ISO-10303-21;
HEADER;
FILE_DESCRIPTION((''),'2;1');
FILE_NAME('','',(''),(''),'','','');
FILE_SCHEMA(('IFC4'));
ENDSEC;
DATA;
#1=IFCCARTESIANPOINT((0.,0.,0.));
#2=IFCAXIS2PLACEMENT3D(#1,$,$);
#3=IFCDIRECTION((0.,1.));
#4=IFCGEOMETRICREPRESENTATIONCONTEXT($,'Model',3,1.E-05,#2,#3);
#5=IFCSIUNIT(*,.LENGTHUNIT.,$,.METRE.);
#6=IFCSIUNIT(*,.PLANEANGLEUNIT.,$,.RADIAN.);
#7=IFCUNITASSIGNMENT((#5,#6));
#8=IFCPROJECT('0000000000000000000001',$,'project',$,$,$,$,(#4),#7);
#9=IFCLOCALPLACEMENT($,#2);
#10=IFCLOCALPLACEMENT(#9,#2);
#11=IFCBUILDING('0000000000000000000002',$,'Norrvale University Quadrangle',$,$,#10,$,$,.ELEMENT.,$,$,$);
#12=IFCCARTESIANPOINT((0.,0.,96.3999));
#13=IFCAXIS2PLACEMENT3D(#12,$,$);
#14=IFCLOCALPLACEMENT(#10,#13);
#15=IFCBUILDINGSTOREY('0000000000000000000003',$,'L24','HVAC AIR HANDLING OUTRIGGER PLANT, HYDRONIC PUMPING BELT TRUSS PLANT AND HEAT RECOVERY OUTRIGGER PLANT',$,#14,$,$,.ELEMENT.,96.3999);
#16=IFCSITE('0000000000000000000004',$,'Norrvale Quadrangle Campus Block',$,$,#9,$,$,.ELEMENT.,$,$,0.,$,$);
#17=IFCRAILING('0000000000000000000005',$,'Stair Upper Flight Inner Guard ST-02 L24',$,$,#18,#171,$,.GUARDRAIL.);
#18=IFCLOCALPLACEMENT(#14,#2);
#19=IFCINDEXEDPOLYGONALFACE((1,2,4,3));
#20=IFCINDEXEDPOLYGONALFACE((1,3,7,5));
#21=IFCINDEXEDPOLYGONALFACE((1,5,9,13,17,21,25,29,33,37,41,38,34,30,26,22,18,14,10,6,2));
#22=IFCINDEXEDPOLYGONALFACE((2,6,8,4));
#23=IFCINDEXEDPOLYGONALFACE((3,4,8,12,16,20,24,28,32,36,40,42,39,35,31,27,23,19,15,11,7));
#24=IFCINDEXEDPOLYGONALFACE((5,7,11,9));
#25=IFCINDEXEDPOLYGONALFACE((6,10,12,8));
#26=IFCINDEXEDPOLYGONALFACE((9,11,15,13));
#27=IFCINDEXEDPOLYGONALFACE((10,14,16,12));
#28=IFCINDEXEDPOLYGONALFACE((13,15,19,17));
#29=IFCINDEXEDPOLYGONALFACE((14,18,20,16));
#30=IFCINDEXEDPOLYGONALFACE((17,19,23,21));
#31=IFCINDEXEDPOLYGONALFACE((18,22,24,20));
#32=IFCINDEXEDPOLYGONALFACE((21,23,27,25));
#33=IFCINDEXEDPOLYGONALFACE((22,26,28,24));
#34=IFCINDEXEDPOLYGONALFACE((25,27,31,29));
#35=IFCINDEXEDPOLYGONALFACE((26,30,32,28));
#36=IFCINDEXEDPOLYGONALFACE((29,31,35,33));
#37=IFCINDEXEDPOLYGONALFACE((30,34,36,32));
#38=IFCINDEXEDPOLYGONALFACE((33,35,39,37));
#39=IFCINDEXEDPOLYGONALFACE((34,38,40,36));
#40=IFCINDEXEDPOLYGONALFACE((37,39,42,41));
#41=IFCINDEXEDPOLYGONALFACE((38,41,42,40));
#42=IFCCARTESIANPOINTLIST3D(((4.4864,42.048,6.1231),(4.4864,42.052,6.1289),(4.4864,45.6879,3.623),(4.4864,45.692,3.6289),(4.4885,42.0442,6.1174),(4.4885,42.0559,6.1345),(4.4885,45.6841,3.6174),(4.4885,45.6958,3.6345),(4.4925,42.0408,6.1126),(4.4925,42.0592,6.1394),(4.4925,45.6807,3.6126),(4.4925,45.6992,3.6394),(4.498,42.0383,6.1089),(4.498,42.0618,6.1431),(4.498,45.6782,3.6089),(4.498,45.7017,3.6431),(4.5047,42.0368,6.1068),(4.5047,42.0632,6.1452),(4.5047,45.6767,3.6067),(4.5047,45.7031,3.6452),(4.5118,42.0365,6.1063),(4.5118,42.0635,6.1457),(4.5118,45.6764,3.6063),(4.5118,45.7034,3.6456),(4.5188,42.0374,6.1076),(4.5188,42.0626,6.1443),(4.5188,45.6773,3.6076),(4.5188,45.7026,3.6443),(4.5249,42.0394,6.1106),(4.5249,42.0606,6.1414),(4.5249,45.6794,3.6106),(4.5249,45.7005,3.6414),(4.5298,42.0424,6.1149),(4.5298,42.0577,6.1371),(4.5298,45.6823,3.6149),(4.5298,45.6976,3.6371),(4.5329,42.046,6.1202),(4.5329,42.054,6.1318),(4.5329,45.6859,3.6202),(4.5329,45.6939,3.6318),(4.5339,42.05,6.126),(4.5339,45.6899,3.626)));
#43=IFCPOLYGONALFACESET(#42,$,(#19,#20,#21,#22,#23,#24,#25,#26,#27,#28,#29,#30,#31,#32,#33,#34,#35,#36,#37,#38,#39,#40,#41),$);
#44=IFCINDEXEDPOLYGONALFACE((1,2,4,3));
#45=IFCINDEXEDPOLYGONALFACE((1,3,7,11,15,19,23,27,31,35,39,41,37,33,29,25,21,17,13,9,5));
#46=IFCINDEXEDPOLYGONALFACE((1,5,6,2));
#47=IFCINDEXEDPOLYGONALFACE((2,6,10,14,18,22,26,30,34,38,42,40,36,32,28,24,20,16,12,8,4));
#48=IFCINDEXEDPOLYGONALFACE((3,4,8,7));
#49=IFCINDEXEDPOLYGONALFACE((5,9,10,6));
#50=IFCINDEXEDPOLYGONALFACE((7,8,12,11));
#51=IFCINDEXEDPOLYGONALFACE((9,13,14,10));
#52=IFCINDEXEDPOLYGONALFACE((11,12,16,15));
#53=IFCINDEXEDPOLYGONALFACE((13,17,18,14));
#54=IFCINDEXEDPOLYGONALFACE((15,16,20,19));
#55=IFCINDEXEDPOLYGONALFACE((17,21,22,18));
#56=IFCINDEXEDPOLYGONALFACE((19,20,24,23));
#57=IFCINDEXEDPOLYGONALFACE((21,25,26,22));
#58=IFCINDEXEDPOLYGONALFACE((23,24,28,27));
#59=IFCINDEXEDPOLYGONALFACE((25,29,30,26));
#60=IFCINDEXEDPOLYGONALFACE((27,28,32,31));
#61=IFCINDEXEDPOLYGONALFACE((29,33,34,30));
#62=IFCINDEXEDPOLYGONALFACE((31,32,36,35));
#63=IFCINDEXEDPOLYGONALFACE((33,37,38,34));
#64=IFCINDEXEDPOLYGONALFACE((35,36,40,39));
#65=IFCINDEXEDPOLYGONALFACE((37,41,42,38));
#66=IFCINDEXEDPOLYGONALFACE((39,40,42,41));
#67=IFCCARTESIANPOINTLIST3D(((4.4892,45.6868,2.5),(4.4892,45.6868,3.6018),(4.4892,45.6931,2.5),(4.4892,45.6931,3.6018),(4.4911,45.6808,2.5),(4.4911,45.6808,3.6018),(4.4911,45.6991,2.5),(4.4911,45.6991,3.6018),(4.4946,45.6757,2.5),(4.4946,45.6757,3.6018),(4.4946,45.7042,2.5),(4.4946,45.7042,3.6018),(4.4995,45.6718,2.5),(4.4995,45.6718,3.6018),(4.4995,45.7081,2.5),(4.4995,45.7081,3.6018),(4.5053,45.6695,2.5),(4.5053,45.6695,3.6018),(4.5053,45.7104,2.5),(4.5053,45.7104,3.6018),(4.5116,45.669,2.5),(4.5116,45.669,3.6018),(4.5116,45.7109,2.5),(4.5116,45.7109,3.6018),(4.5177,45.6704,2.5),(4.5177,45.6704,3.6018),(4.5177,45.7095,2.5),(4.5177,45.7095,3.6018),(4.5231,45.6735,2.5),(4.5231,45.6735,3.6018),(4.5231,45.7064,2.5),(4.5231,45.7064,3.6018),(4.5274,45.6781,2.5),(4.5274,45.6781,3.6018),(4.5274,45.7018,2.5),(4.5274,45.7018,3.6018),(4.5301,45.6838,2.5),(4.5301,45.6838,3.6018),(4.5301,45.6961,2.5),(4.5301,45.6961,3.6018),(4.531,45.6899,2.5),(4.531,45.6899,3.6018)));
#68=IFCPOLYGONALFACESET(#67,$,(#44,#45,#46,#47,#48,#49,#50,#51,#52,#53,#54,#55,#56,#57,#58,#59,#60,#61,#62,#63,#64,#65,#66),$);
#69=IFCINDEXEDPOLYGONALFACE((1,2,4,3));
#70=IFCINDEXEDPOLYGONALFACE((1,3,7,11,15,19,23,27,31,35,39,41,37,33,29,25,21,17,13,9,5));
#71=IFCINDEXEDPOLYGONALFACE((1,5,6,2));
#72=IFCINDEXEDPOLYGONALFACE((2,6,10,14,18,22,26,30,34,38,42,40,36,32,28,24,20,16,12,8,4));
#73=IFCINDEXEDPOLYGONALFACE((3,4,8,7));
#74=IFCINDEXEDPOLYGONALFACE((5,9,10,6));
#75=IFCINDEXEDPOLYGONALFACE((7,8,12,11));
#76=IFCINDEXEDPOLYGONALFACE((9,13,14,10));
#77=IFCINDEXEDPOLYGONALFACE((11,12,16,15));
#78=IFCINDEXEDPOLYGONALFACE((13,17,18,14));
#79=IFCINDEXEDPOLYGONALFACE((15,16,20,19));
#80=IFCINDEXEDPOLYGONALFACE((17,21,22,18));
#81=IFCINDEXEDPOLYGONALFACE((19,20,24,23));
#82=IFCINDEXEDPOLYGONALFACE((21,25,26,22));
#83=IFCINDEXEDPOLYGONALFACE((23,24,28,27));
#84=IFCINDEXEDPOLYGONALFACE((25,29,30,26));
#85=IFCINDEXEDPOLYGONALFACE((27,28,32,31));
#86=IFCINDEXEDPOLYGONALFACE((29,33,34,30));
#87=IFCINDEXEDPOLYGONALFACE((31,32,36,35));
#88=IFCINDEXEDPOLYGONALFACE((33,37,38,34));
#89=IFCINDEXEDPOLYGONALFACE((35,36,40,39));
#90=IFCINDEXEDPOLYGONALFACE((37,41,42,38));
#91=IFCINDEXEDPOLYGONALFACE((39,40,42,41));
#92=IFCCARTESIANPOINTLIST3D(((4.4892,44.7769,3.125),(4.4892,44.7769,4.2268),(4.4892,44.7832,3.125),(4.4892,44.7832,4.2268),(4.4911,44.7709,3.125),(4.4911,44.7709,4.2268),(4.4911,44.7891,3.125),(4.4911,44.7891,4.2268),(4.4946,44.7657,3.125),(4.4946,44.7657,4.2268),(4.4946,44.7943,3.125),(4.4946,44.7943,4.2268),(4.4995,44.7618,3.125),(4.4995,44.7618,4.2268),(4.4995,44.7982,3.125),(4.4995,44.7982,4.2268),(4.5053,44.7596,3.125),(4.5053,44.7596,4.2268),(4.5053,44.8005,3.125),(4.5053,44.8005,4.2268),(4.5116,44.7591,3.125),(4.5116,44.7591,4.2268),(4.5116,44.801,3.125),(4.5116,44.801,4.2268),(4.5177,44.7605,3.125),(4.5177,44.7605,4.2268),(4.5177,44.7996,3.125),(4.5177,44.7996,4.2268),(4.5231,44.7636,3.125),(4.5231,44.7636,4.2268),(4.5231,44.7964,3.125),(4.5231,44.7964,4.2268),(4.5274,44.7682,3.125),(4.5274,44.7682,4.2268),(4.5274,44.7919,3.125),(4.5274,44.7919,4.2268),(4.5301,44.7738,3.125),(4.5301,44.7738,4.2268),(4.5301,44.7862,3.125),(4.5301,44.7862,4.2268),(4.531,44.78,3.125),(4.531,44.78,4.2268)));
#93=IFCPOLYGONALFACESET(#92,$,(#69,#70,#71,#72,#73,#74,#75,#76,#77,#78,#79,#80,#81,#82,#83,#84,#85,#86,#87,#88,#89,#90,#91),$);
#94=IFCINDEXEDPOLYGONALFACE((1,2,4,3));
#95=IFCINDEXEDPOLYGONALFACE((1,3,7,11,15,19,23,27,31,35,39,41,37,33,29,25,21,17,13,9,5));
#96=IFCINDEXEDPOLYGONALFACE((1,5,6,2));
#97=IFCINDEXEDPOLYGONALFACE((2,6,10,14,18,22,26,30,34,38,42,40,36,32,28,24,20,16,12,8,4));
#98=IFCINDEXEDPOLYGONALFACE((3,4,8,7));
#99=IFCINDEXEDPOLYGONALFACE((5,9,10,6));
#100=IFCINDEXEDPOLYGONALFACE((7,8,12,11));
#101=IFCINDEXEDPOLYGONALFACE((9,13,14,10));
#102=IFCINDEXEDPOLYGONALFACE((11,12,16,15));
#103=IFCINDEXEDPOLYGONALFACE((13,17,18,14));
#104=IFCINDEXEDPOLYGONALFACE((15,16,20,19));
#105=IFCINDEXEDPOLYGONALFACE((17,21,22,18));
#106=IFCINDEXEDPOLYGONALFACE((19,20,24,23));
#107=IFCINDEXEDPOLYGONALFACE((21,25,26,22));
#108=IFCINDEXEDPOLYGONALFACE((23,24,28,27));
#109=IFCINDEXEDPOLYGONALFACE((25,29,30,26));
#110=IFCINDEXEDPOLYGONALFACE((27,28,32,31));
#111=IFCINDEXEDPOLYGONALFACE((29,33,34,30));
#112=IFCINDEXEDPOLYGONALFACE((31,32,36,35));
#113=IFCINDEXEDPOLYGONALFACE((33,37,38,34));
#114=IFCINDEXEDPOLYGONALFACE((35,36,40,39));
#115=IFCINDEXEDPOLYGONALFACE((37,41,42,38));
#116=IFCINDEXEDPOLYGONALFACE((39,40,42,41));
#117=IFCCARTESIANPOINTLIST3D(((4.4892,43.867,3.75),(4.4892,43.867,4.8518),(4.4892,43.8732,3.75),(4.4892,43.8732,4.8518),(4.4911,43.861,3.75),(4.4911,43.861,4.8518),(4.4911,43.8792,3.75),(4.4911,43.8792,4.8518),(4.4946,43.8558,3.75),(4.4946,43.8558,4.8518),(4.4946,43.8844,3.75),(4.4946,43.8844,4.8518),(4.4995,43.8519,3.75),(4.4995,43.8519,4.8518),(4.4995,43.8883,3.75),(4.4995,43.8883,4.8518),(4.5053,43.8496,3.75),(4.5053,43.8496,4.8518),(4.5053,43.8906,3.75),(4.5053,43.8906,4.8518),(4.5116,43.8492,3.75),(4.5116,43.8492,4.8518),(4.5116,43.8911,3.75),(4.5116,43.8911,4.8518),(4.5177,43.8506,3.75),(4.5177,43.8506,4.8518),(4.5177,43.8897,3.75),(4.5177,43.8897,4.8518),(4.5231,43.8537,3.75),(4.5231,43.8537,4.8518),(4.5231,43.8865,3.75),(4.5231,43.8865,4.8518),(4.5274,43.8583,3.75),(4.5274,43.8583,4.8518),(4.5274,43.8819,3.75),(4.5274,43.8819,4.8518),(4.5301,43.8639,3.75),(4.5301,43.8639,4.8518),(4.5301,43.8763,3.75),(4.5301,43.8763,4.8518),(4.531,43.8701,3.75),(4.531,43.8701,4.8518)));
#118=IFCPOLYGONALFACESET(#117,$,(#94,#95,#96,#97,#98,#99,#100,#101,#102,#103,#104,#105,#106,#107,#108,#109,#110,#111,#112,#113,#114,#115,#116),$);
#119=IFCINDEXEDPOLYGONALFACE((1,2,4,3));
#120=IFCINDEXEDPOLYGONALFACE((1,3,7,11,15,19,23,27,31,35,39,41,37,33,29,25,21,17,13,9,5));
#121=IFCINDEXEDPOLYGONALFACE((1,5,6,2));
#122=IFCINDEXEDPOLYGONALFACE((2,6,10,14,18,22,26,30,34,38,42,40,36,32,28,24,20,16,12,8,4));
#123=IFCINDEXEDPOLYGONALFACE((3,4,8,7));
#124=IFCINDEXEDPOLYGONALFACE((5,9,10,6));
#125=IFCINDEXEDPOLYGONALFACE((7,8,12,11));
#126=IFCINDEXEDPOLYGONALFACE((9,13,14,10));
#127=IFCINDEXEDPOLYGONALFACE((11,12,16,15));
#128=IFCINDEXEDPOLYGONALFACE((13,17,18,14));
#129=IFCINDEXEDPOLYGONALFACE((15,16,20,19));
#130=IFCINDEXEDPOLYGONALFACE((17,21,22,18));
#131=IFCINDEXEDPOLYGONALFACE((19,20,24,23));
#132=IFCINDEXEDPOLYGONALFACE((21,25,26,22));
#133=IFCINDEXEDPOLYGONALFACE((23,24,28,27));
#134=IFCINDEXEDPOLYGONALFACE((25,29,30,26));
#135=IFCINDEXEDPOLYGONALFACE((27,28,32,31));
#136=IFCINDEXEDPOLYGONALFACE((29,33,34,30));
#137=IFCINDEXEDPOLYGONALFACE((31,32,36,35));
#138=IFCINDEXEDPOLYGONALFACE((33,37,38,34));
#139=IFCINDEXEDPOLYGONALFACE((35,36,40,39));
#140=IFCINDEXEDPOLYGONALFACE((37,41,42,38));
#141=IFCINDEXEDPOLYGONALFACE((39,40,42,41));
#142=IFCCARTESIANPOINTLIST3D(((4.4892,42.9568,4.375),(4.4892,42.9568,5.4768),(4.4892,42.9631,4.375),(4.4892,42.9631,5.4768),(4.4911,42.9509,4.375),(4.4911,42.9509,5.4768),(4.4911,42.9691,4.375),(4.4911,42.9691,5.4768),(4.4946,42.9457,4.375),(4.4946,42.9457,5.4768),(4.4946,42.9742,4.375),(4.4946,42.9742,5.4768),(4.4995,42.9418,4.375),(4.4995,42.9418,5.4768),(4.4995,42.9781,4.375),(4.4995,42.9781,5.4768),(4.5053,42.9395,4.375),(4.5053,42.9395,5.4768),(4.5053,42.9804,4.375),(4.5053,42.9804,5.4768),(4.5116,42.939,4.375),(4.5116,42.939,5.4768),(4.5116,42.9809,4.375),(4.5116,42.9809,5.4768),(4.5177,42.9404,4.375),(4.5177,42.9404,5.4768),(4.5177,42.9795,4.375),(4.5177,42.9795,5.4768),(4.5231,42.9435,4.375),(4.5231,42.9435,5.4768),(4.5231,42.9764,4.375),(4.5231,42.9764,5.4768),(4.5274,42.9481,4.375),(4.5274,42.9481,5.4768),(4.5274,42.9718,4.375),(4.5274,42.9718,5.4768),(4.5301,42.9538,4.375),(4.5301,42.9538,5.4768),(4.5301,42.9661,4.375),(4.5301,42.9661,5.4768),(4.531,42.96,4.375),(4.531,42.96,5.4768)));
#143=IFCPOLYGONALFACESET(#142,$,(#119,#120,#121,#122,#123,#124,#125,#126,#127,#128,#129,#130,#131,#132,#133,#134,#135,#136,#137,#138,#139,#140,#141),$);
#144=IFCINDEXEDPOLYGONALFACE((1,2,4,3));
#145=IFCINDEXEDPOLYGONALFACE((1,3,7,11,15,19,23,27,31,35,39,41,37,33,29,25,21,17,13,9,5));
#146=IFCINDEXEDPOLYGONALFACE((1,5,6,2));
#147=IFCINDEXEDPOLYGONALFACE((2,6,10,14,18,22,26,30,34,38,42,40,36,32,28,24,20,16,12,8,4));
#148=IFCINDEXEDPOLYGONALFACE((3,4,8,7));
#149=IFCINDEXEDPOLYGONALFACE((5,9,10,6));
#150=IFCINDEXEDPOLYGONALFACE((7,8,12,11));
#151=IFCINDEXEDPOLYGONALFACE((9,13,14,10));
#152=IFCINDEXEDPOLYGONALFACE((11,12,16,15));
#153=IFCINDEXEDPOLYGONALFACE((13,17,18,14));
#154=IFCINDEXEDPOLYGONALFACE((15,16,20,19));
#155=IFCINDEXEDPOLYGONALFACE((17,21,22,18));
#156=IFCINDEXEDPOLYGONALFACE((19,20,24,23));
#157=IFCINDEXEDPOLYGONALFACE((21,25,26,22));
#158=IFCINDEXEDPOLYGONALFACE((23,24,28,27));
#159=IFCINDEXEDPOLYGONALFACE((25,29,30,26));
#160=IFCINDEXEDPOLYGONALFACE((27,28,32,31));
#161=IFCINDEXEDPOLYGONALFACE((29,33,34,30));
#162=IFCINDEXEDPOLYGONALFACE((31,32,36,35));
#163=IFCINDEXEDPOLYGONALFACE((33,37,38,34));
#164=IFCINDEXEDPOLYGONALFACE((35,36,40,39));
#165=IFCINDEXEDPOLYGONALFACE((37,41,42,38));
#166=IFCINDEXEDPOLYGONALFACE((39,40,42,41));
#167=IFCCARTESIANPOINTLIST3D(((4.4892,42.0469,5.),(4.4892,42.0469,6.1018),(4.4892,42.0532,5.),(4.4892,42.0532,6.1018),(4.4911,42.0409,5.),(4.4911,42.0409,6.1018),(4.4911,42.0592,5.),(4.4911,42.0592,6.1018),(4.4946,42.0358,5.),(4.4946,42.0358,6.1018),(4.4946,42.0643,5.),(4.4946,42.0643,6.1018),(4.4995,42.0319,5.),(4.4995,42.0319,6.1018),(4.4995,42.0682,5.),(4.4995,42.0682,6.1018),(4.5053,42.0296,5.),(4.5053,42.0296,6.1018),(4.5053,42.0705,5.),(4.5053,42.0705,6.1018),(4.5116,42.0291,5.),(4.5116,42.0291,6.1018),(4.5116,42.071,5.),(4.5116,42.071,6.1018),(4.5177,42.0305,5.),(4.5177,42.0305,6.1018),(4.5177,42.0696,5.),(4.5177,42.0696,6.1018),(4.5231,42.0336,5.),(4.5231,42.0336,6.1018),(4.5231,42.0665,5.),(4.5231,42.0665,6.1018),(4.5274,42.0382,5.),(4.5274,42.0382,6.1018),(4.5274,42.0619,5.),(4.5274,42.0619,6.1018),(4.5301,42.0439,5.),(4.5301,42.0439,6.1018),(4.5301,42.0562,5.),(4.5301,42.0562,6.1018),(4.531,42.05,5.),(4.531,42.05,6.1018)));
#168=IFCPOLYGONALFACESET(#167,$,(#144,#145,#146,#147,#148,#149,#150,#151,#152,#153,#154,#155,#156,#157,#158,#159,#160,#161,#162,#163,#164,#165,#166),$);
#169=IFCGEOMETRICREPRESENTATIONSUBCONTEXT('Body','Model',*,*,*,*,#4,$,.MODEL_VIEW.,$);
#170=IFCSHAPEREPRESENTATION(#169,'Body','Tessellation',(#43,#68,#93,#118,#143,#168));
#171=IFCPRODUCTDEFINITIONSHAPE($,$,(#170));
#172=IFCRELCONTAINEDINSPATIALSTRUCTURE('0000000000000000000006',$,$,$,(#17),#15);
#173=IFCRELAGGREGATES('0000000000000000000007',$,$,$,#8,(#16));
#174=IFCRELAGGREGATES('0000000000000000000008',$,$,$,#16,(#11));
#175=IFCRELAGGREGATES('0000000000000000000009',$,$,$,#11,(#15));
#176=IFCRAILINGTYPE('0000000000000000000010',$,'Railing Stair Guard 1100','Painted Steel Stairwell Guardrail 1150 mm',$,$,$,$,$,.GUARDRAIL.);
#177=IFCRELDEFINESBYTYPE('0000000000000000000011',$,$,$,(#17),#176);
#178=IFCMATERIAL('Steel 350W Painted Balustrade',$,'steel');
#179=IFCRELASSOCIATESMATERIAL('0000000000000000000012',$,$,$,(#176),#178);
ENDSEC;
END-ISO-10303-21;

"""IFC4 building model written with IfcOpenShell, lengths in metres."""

from ifc_helpers import new_model, si_unit, direction, frame, origin, origin_2d, place, context, subcontext, project, spatial, circle, extrude, material, type_object, element, save


model = new_model("IFC4")

# Units and contexts
model_context = context("Model", 3, precision=1e-05, world=origin(), true_north=direction((0.0, 1.0)))
body_context = subcontext(model_context, "Body", "Model", "MODEL_VIEW")
ifc_project = project(units=[si_unit("LENGTHUNIT", "METRE"), si_unit("PLANEANGLEUNIT", "RADIAN")], contexts=[model_context])

# Site, building, storey
site_placement = place(None, origin())
site = spatial("IfcSite", under=ifc_project, at=site_placement, Name="Norrvale Quadrangle Campus Block", CompositionType="ELEMENT", RefElevation=0.0)
building_placement = place(site_placement, origin())
building = spatial("IfcBuilding", under=site, at=building_placement, Name="Norrvale University Quadrangle", CompositionType="ELEMENT")
storey_placement = place(building_placement, frame((0.0, 0.0, 96.3999)))
storey = spatial("IfcBuildingStorey", under=building, at=storey_placement, Name="L24", Description="HVAC AIR HANDLING OUTRIGGER PLANT, HYDRONIC PUMPING BELT TRUSS PLANT AND HEAT RECOVERY OUTRIGGER PLANT", CompositionType="ELEMENT", Elevation=96.3999)

# Railing
ifc_material_1 = material(Name="Steel 350W Painted Balustrade", Category="steel")
railing_type_1 = type_object("IfcRailingType", Name="Railing Stair Guard 1100", Description="Painted Steel Stairwell Guardrail 1150 mm", PredefinedType="GUARDRAIL", material=ifc_material_1)
railing_1_placement = place(storey_placement, frame((4.51, 45.6899, 2.5)))
element("IfcRailing", 1, at=railing_1_placement, inside=storey, type_object=railing_type_1, Name="Stair Upper Flight Inner Guard ST-02 L24", PredefinedType="GUARDRAIL", context=body_context, shape_type="SweptSolid", body=[
    extrude(circle(Radius=0.0239, at=origin_2d()), frame((0.0, 0.0, 1.126), z_axis=(0.0, -0.824298, 0.566156), x_axis=(1.0, 0.0, 0.0)), (0.0, 0.0, 1.0), 4.4158),
    extrude(circle(Radius=0.021, at=origin_2d()), origin(), (0.0, 0.0, 1.0), 1.1018),
    extrude(circle(Radius=0.021, at=origin_2d()), frame((0.0, -0.9099, 0.625)), (0.0, 0.0, 1.0), 1.1018),
    extrude(circle(Radius=0.021, at=origin_2d()), frame((0.0, -1.8198, 1.25)), (0.0, 0.0, 1.0), 1.1018),
    extrude(circle(Radius=0.021, at=origin_2d()), frame((0.0, -2.73, 1.875)), (0.0, 0.0, 1.0), 1.1018),
    extrude(circle(Radius=0.021, at=origin_2d()), frame((0.0, -3.6399, 2.5)), (0.0, 0.0, 1.0), 1.1018),
])

save(model, "model.ifc")
